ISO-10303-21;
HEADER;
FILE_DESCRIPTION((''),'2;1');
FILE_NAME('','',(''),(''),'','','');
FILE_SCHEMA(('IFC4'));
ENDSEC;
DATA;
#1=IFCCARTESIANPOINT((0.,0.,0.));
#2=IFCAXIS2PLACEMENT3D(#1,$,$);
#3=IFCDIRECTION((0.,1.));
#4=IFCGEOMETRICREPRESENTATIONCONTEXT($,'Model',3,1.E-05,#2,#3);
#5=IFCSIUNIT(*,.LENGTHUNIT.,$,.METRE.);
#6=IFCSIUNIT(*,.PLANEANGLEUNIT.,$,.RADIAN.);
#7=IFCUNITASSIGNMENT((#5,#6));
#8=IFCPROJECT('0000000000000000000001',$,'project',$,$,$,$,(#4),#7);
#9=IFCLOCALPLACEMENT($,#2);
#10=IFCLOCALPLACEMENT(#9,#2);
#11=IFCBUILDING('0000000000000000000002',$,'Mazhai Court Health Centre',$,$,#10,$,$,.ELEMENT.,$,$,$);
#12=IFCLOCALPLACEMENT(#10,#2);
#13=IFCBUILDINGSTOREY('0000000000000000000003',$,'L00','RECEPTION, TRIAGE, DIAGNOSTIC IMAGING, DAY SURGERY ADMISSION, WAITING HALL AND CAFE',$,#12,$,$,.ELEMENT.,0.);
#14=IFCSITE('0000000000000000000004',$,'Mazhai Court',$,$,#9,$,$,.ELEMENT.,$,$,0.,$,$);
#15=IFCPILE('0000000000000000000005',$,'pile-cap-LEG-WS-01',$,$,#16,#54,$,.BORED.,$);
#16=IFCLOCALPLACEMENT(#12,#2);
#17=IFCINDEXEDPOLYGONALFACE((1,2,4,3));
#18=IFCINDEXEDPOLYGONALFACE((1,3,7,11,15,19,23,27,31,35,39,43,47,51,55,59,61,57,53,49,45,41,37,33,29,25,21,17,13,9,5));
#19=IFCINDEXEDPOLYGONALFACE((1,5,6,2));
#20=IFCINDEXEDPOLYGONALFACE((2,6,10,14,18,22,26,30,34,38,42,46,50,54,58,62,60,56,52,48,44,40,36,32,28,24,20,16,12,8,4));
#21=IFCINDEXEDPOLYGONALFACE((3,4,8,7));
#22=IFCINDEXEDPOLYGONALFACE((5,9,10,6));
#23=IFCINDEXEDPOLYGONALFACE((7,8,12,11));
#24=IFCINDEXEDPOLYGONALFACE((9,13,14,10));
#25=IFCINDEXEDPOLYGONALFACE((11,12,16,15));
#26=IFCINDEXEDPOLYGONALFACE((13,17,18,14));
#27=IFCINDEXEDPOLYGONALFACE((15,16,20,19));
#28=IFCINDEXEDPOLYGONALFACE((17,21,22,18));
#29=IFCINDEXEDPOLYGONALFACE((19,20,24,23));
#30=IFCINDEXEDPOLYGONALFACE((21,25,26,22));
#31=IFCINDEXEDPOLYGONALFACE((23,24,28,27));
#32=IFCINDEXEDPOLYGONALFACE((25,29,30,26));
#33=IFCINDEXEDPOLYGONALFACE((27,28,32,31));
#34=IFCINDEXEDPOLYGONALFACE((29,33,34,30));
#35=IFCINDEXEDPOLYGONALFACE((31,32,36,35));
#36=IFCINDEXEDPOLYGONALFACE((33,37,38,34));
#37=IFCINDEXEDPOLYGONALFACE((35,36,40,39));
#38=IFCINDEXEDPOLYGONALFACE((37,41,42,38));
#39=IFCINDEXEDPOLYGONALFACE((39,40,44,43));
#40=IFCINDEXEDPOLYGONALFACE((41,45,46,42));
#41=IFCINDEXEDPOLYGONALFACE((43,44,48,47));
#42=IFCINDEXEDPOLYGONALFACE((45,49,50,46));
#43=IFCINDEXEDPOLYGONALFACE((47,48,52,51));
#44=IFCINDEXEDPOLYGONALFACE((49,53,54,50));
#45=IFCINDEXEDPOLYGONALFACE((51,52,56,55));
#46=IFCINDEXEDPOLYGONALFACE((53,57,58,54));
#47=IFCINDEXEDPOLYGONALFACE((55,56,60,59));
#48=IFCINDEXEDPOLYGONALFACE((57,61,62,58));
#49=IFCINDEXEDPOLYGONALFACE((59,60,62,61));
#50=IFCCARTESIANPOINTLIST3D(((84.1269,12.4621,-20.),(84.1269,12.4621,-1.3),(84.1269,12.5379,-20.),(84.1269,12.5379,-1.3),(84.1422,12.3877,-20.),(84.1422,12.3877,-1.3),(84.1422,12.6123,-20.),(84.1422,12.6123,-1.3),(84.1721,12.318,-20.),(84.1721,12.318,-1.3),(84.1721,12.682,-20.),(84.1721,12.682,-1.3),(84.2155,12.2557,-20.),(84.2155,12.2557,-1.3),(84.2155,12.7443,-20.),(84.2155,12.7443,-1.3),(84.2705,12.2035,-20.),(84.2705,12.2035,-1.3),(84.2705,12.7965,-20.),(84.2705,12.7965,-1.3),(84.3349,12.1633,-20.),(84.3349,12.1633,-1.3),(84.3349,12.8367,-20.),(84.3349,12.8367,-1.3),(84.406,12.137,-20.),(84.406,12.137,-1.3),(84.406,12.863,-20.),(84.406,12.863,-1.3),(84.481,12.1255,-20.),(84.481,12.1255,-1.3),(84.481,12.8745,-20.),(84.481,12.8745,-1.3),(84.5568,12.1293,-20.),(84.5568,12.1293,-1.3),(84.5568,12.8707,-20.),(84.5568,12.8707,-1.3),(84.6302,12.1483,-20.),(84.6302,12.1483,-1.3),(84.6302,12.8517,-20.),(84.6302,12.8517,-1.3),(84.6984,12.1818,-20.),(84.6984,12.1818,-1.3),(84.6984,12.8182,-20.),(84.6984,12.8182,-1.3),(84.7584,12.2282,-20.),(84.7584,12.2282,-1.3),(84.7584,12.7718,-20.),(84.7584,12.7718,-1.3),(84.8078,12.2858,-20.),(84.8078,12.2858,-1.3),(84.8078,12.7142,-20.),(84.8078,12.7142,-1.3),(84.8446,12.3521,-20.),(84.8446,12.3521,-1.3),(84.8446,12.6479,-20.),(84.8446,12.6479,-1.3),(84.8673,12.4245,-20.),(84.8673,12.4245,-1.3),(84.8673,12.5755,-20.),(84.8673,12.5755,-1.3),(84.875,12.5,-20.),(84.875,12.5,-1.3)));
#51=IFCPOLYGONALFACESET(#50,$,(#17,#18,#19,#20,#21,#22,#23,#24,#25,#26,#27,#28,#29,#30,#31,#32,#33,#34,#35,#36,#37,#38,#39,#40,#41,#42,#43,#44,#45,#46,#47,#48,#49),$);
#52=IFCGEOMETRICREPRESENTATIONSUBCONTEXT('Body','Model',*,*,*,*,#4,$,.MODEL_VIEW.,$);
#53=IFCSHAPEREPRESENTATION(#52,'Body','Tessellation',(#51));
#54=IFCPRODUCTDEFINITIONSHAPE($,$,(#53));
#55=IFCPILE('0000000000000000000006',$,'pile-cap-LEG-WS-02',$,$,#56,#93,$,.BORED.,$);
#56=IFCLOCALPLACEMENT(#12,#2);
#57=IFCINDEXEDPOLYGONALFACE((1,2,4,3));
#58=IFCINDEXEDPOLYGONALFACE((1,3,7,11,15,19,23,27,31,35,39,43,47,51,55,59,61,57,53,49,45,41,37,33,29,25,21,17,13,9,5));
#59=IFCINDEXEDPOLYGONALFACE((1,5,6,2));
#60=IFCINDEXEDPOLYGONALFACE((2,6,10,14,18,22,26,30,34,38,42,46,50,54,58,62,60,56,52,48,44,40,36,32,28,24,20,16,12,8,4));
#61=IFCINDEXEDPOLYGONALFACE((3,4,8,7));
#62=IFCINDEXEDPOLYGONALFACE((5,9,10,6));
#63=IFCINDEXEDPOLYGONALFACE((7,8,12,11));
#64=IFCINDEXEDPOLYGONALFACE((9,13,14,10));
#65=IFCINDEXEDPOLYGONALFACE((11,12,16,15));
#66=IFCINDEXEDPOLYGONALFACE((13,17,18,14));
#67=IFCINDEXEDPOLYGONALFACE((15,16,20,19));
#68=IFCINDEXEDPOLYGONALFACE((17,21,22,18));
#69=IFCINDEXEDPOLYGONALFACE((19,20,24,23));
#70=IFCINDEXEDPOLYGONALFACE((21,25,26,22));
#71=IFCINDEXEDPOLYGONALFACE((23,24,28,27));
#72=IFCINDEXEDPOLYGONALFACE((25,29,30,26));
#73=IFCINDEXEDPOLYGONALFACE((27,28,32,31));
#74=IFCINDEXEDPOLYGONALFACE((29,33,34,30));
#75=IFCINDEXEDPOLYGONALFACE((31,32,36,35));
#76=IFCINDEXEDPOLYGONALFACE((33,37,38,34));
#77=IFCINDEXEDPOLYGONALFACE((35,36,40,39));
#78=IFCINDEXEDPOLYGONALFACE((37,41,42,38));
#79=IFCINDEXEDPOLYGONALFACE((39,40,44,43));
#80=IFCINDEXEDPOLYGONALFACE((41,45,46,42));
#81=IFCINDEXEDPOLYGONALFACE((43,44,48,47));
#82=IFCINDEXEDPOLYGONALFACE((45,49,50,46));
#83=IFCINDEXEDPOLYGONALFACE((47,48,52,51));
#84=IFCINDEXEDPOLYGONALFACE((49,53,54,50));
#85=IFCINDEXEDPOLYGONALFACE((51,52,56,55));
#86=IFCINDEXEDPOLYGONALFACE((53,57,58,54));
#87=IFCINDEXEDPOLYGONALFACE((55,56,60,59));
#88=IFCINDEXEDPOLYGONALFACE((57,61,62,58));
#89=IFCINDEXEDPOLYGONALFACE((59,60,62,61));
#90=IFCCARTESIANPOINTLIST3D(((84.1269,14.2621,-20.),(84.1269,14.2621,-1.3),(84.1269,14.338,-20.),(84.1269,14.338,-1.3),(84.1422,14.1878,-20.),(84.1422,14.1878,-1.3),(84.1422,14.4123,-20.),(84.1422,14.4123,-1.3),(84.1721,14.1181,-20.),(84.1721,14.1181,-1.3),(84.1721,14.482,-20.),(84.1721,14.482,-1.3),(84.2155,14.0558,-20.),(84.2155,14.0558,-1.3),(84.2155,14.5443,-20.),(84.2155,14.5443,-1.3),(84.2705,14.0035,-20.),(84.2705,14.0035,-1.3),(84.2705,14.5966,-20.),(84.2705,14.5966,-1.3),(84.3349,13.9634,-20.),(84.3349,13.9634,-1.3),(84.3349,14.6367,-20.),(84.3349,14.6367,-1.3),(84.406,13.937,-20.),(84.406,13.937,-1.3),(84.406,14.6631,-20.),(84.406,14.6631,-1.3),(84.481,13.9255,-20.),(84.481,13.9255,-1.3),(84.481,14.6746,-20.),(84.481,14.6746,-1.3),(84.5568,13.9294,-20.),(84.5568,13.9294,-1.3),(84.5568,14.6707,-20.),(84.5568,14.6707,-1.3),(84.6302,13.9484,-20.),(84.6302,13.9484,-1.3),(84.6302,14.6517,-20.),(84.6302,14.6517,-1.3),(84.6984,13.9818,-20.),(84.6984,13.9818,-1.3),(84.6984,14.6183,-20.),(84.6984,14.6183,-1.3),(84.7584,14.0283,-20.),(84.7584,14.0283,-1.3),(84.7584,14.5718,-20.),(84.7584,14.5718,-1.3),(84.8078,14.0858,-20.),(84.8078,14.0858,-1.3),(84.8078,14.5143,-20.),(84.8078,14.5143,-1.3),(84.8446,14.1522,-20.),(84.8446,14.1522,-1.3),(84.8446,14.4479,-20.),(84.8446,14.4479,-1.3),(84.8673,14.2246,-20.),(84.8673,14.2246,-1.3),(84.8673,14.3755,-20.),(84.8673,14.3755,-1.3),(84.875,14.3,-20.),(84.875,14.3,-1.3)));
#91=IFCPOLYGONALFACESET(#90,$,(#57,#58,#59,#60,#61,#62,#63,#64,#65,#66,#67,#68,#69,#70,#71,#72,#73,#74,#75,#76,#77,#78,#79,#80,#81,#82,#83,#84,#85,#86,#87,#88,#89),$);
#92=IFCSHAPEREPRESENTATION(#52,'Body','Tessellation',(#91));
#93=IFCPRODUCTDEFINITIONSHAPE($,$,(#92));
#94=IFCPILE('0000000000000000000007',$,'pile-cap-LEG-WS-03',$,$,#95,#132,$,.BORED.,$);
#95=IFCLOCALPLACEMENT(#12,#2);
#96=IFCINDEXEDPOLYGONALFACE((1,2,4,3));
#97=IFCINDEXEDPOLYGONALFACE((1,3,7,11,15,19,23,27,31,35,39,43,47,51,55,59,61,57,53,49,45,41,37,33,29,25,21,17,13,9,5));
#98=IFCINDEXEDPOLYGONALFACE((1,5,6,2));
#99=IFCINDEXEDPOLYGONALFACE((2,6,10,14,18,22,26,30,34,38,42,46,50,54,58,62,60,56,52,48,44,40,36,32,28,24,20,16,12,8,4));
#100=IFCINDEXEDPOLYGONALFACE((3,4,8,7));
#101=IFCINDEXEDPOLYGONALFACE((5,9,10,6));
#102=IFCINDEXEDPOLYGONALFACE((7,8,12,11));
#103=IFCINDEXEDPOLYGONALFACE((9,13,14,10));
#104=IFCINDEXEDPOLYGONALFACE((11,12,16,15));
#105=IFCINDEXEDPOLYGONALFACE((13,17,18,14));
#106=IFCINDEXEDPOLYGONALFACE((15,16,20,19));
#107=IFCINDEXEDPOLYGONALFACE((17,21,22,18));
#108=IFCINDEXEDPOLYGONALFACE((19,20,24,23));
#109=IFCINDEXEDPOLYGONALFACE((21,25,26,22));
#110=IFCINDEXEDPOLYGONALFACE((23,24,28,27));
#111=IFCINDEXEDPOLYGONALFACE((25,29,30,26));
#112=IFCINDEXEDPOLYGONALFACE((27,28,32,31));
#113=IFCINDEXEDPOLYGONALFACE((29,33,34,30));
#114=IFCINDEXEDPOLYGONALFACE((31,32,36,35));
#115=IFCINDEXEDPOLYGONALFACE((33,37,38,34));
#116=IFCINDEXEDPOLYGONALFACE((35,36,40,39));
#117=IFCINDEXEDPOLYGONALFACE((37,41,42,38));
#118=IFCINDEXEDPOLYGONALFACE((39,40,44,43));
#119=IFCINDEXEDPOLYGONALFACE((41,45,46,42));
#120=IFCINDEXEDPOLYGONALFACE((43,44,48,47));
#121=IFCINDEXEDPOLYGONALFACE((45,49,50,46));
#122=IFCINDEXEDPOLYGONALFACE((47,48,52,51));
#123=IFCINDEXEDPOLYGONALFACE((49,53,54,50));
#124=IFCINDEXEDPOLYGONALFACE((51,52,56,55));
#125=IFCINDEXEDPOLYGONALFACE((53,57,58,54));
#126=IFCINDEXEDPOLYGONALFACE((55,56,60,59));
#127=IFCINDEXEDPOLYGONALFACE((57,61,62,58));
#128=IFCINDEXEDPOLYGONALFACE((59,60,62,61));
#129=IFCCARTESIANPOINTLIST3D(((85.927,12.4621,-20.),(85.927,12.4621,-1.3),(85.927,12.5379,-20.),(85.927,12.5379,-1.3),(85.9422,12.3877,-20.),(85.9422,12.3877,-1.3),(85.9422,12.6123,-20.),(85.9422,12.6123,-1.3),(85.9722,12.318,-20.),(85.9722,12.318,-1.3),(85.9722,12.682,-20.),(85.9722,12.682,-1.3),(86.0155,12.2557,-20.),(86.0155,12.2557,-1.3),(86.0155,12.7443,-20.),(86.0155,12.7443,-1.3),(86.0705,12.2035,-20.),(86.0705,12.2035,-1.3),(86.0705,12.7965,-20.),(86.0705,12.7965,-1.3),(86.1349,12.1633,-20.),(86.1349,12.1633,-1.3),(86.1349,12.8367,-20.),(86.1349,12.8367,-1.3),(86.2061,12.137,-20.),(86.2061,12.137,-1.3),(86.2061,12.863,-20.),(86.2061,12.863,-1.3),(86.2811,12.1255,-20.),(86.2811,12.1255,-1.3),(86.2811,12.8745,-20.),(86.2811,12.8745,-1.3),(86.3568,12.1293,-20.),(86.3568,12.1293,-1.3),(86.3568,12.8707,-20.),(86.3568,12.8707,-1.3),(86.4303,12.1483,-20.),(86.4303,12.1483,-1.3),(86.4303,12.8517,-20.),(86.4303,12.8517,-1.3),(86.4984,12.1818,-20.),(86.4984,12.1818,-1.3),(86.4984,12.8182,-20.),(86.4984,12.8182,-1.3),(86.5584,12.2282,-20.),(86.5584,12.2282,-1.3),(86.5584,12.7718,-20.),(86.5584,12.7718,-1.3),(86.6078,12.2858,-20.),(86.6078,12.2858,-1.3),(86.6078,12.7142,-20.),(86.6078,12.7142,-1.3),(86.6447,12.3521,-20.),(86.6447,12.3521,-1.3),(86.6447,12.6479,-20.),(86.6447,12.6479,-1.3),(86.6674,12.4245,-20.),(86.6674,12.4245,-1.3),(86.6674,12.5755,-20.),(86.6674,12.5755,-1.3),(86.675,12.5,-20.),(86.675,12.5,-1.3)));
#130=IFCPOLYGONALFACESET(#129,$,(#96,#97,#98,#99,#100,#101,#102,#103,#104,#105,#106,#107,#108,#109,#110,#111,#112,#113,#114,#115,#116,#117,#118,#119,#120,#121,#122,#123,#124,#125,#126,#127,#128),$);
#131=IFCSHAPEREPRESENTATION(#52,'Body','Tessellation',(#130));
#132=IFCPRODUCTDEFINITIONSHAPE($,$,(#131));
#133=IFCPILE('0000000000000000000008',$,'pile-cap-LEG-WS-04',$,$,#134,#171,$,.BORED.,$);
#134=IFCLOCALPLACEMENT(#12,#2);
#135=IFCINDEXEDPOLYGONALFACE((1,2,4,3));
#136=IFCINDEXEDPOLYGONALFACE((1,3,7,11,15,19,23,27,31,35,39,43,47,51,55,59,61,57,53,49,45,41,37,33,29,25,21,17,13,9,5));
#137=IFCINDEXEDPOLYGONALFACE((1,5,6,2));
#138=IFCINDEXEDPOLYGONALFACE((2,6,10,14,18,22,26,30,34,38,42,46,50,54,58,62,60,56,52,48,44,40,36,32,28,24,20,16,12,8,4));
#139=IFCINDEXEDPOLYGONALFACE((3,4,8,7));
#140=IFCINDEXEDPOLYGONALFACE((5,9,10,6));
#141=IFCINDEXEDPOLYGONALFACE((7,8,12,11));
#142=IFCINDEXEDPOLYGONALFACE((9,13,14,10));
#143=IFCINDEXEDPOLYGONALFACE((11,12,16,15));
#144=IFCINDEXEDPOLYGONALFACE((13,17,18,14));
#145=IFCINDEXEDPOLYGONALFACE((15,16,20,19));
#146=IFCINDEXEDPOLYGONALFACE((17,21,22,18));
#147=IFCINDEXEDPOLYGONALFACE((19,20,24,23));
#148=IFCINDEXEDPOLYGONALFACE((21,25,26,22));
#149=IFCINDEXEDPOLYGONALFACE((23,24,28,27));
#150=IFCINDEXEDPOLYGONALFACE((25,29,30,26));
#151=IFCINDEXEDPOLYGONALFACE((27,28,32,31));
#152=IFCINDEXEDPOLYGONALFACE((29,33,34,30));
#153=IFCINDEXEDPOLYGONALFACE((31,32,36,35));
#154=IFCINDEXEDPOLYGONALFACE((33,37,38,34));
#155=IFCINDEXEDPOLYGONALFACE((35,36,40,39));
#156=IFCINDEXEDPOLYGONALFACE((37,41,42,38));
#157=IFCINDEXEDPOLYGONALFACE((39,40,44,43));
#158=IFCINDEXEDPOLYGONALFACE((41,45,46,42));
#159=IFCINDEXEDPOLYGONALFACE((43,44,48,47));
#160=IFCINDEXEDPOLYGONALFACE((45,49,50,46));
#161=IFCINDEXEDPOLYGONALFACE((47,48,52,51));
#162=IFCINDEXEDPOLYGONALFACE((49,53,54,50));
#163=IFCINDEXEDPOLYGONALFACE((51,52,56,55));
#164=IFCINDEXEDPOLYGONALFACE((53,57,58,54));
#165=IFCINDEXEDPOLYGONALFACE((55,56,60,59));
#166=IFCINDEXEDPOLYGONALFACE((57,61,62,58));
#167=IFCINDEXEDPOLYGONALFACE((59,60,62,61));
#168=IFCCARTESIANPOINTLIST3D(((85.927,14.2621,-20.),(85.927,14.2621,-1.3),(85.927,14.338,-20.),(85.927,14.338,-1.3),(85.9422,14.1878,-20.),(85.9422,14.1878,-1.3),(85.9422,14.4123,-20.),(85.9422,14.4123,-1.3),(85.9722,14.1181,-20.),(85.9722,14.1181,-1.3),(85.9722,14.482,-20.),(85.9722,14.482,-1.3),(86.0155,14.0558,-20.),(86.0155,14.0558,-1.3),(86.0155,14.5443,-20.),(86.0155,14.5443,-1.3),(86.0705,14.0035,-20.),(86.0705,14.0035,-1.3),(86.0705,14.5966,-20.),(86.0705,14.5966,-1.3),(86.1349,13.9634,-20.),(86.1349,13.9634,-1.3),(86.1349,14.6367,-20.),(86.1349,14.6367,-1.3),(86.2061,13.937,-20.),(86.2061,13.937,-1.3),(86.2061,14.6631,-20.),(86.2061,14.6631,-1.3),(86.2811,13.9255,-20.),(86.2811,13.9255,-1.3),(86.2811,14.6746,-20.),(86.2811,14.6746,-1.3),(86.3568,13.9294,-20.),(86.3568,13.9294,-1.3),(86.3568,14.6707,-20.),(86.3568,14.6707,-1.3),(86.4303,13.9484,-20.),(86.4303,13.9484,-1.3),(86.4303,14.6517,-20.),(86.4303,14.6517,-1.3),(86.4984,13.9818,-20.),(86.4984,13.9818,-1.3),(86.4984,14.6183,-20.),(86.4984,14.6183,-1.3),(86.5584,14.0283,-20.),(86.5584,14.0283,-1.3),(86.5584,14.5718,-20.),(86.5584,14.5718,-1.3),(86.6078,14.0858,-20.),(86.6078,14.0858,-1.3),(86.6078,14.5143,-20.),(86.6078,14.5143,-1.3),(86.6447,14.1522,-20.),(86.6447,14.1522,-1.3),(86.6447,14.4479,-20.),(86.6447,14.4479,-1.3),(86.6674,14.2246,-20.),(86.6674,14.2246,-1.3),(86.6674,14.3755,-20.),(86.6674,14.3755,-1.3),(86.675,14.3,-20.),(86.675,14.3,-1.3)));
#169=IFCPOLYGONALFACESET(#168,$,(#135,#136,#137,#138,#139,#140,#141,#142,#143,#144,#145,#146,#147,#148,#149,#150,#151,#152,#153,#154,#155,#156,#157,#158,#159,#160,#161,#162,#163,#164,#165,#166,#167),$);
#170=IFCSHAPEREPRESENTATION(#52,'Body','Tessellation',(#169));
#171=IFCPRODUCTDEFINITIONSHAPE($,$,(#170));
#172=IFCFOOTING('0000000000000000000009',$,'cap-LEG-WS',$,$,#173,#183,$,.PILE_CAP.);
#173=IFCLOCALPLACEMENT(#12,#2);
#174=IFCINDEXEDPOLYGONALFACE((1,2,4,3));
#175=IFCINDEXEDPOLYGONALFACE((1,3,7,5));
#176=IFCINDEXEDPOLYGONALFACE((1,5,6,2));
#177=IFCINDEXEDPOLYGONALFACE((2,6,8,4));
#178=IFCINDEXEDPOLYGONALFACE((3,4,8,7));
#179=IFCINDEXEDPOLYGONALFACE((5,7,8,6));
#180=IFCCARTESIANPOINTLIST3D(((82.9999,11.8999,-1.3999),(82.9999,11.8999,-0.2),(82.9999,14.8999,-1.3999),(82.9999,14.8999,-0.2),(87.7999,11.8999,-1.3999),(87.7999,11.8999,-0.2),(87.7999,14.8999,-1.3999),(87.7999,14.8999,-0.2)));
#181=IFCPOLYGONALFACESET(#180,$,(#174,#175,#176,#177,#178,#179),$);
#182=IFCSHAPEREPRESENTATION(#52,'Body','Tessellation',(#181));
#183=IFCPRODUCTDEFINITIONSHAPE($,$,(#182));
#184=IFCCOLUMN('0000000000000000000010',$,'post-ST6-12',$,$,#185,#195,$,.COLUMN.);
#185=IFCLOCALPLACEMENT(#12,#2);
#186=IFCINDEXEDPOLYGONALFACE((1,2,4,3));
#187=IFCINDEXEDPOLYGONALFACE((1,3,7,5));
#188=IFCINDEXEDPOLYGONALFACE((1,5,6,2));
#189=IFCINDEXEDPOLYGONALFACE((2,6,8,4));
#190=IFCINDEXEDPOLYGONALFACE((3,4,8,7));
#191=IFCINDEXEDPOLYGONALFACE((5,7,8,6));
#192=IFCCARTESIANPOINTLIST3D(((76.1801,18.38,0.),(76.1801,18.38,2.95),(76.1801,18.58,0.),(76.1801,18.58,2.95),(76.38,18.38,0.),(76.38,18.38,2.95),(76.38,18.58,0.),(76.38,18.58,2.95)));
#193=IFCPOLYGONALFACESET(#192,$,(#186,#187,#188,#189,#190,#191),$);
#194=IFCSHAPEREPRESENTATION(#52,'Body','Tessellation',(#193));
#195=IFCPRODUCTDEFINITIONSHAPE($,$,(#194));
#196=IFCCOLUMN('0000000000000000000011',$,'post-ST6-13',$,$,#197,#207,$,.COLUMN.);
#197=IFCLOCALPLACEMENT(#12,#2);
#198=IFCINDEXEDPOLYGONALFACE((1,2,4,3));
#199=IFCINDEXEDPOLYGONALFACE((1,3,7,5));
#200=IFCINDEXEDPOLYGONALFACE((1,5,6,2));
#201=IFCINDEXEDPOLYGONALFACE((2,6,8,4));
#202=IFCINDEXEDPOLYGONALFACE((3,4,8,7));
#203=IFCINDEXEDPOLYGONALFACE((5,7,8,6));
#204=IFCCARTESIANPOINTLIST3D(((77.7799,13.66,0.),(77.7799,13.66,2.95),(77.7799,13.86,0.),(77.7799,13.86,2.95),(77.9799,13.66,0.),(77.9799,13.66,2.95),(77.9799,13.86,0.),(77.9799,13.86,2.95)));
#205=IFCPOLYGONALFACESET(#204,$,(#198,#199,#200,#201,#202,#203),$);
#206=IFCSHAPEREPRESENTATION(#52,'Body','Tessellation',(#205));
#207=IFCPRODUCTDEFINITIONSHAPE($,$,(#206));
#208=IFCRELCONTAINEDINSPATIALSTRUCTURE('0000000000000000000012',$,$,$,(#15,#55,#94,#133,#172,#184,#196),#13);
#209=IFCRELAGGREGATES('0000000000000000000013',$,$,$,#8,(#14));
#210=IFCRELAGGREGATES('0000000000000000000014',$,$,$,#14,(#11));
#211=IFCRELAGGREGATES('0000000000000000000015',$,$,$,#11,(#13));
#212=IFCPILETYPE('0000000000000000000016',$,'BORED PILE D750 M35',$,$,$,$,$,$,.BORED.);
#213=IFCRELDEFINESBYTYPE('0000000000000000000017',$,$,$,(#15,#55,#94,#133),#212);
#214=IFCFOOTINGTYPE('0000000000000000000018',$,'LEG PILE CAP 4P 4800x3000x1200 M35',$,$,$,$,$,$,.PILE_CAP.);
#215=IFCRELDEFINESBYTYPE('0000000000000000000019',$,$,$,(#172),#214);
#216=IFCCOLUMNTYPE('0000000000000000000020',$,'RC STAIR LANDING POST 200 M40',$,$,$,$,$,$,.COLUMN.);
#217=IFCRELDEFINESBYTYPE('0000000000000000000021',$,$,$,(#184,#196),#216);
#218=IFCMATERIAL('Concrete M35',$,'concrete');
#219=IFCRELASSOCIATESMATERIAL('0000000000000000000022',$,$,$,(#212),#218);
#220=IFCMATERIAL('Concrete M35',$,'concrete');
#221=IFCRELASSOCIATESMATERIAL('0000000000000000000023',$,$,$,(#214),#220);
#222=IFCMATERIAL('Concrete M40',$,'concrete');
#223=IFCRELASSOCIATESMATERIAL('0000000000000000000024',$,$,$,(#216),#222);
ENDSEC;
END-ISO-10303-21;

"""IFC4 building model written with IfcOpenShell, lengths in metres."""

from ifc_helpers import new_model, si_unit, direction, frame, origin, origin_2d, place, context, subcontext, project, spatial, rectangle, circle, extrude, material, material_profile, profile_set, type_object, element, save


model = new_model("IFC4")

# Units and contexts
model_context = context("Model", 3, precision=1e-05, world=origin(), true_north=direction((0.0, 1.0)))
body_context = subcontext(model_context, "Body", "Model", "MODEL_VIEW")
ifc_project = project(units=[si_unit("LENGTHUNIT", "METRE"), si_unit("PLANEANGLEUNIT", "RADIAN")], contexts=[model_context])

# Site, building, storey
site_placement = place(None, origin())
site = spatial("IfcSite", under=ifc_project, at=site_placement, Name="Mazhai Court", CompositionType="ELEMENT", RefElevation=0.0)
building_placement = place(site_placement, origin())
building = spatial("IfcBuilding", under=site, at=building_placement, Name="Mazhai Court Health Centre", CompositionType="ELEMENT")
storey_placement = place(building_placement, origin())
storey = spatial("IfcBuildingStorey", under=building, at=storey_placement, Name="L00", Description="RECEPTION, TRIAGE, DIAGNOSTIC IMAGING, DAY SURGERY ADMISSION, WAITING HALL AND CAFE", CompositionType="ELEMENT", Elevation=0.0)

# Piles
ifc_material_1 = material(Name="Concrete M35", Category="concrete")
ifc_material_profile_1 = material_profile(ifc_material_1, circle(Radius=0.375, at=origin_2d()), Name="RC PILE D750")
ifc_profile_set_1 = profile_set([ifc_material_profile_1], Name="Concrete M35")
pile_type_1 = type_object("IfcPileType", Name="BORED PILE D750 M35", PredefinedType="BORED", material=ifc_profile_set_1)
for number, where, z_axis, x_axis, name in (
    (1, (84.5, 12.5, -1.3), (0.0, 0.0, -1.0), (1.0, 0.0, 0.0), "pile-cap-LEG-WS-01"),
    (2, (84.5, 14.3, -1.3), (0.0, 0.0, -1.0), (1.0, 0.0, 0.0), "pile-cap-LEG-WS-02"),
    (3, (86.3, 12.5, -1.3), (0.0, 0.0, -1.0), (1.0, 0.0, 0.0), "pile-cap-LEG-WS-03"),
    (4, (86.3, 14.3, -1.3), (0.0, 0.0, -1.0), (1.0, 0.0, 0.0), "pile-cap-LEG-WS-04"),
):
    element("IfcPile", number, at=place(storey_placement, frame(where, z_axis=z_axis, x_axis=x_axis)), inside=storey, type_object=pile_type_1, Name=name, PredefinedType="BORED", context=body_context, shape_type="SweptSolid", body=[
        extrude(circle(Radius=0.375, at=origin_2d()), origin(), (0.0, 0.0, 1.0), 18.7),
    ])

# Footing
ifc_material_2 = material(Name="Concrete M35", Category="concrete")
footing_type = type_object("IfcFootingType", Name="LEG PILE CAP 4P 4800x3000x1200 M35", PredefinedType="PILE_CAP", material=ifc_material_2)
footing_placement = place(storey_placement, frame((85.3999, 13.3999, -1.3999), z_axis=(0.0, 0.0, 1.0), x_axis=(1.0, 0.0, 0.0)))
element("IfcFooting", 5, at=footing_placement, inside=storey, type_object=footing_type, Name="cap-LEG-WS", PredefinedType="PILE_CAP", context=body_context, shape_type="SweptSolid", body=[
    extrude(rectangle(XDim=4.8, YDim=3.0, at=origin_2d()), origin(), (0.0, 0.0, 1.0), 1.2),
])

# Columns
ifc_material_3 = material(Name="Concrete M40", Category="concrete")
ifc_material_profile_2 = material_profile(ifc_material_3, rectangle(XDim=0.2, YDim=0.2, at=origin_2d()), Name="RC 200x200")
ifc_profile_set_2 = profile_set([ifc_material_profile_2], Name="Concrete M40")
column_type_1 = type_object("IfcColumnType", Name="RC STAIR LANDING POST 200 M40", PredefinedType="COLUMN", material=ifc_profile_set_2)
for number, where, z_axis, x_axis, name in (
    (6, (76.28, 18.48, 0.0), (0.0, 0.0, 1.0), (1.0, 0.0, 0.0), "post-ST6-12"),
    (7, (77.8799, 13.76, 0.0), (0.0, 0.0, 1.0), (1.0, 0.0, 0.0), "post-ST6-13"),
):
    element("IfcColumn", number, at=place(storey_placement, frame(where, z_axis=z_axis, x_axis=x_axis)), inside=storey, type_object=column_type_1, Name=name, PredefinedType="COLUMN", context=body_context, shape_type="SweptSolid", body=[
        extrude(rectangle(XDim=0.2, YDim=0.2, at=origin_2d()), origin(), (0.0, 0.0, 1.0), 2.95),
    ])

save(model, "model.ifc")
